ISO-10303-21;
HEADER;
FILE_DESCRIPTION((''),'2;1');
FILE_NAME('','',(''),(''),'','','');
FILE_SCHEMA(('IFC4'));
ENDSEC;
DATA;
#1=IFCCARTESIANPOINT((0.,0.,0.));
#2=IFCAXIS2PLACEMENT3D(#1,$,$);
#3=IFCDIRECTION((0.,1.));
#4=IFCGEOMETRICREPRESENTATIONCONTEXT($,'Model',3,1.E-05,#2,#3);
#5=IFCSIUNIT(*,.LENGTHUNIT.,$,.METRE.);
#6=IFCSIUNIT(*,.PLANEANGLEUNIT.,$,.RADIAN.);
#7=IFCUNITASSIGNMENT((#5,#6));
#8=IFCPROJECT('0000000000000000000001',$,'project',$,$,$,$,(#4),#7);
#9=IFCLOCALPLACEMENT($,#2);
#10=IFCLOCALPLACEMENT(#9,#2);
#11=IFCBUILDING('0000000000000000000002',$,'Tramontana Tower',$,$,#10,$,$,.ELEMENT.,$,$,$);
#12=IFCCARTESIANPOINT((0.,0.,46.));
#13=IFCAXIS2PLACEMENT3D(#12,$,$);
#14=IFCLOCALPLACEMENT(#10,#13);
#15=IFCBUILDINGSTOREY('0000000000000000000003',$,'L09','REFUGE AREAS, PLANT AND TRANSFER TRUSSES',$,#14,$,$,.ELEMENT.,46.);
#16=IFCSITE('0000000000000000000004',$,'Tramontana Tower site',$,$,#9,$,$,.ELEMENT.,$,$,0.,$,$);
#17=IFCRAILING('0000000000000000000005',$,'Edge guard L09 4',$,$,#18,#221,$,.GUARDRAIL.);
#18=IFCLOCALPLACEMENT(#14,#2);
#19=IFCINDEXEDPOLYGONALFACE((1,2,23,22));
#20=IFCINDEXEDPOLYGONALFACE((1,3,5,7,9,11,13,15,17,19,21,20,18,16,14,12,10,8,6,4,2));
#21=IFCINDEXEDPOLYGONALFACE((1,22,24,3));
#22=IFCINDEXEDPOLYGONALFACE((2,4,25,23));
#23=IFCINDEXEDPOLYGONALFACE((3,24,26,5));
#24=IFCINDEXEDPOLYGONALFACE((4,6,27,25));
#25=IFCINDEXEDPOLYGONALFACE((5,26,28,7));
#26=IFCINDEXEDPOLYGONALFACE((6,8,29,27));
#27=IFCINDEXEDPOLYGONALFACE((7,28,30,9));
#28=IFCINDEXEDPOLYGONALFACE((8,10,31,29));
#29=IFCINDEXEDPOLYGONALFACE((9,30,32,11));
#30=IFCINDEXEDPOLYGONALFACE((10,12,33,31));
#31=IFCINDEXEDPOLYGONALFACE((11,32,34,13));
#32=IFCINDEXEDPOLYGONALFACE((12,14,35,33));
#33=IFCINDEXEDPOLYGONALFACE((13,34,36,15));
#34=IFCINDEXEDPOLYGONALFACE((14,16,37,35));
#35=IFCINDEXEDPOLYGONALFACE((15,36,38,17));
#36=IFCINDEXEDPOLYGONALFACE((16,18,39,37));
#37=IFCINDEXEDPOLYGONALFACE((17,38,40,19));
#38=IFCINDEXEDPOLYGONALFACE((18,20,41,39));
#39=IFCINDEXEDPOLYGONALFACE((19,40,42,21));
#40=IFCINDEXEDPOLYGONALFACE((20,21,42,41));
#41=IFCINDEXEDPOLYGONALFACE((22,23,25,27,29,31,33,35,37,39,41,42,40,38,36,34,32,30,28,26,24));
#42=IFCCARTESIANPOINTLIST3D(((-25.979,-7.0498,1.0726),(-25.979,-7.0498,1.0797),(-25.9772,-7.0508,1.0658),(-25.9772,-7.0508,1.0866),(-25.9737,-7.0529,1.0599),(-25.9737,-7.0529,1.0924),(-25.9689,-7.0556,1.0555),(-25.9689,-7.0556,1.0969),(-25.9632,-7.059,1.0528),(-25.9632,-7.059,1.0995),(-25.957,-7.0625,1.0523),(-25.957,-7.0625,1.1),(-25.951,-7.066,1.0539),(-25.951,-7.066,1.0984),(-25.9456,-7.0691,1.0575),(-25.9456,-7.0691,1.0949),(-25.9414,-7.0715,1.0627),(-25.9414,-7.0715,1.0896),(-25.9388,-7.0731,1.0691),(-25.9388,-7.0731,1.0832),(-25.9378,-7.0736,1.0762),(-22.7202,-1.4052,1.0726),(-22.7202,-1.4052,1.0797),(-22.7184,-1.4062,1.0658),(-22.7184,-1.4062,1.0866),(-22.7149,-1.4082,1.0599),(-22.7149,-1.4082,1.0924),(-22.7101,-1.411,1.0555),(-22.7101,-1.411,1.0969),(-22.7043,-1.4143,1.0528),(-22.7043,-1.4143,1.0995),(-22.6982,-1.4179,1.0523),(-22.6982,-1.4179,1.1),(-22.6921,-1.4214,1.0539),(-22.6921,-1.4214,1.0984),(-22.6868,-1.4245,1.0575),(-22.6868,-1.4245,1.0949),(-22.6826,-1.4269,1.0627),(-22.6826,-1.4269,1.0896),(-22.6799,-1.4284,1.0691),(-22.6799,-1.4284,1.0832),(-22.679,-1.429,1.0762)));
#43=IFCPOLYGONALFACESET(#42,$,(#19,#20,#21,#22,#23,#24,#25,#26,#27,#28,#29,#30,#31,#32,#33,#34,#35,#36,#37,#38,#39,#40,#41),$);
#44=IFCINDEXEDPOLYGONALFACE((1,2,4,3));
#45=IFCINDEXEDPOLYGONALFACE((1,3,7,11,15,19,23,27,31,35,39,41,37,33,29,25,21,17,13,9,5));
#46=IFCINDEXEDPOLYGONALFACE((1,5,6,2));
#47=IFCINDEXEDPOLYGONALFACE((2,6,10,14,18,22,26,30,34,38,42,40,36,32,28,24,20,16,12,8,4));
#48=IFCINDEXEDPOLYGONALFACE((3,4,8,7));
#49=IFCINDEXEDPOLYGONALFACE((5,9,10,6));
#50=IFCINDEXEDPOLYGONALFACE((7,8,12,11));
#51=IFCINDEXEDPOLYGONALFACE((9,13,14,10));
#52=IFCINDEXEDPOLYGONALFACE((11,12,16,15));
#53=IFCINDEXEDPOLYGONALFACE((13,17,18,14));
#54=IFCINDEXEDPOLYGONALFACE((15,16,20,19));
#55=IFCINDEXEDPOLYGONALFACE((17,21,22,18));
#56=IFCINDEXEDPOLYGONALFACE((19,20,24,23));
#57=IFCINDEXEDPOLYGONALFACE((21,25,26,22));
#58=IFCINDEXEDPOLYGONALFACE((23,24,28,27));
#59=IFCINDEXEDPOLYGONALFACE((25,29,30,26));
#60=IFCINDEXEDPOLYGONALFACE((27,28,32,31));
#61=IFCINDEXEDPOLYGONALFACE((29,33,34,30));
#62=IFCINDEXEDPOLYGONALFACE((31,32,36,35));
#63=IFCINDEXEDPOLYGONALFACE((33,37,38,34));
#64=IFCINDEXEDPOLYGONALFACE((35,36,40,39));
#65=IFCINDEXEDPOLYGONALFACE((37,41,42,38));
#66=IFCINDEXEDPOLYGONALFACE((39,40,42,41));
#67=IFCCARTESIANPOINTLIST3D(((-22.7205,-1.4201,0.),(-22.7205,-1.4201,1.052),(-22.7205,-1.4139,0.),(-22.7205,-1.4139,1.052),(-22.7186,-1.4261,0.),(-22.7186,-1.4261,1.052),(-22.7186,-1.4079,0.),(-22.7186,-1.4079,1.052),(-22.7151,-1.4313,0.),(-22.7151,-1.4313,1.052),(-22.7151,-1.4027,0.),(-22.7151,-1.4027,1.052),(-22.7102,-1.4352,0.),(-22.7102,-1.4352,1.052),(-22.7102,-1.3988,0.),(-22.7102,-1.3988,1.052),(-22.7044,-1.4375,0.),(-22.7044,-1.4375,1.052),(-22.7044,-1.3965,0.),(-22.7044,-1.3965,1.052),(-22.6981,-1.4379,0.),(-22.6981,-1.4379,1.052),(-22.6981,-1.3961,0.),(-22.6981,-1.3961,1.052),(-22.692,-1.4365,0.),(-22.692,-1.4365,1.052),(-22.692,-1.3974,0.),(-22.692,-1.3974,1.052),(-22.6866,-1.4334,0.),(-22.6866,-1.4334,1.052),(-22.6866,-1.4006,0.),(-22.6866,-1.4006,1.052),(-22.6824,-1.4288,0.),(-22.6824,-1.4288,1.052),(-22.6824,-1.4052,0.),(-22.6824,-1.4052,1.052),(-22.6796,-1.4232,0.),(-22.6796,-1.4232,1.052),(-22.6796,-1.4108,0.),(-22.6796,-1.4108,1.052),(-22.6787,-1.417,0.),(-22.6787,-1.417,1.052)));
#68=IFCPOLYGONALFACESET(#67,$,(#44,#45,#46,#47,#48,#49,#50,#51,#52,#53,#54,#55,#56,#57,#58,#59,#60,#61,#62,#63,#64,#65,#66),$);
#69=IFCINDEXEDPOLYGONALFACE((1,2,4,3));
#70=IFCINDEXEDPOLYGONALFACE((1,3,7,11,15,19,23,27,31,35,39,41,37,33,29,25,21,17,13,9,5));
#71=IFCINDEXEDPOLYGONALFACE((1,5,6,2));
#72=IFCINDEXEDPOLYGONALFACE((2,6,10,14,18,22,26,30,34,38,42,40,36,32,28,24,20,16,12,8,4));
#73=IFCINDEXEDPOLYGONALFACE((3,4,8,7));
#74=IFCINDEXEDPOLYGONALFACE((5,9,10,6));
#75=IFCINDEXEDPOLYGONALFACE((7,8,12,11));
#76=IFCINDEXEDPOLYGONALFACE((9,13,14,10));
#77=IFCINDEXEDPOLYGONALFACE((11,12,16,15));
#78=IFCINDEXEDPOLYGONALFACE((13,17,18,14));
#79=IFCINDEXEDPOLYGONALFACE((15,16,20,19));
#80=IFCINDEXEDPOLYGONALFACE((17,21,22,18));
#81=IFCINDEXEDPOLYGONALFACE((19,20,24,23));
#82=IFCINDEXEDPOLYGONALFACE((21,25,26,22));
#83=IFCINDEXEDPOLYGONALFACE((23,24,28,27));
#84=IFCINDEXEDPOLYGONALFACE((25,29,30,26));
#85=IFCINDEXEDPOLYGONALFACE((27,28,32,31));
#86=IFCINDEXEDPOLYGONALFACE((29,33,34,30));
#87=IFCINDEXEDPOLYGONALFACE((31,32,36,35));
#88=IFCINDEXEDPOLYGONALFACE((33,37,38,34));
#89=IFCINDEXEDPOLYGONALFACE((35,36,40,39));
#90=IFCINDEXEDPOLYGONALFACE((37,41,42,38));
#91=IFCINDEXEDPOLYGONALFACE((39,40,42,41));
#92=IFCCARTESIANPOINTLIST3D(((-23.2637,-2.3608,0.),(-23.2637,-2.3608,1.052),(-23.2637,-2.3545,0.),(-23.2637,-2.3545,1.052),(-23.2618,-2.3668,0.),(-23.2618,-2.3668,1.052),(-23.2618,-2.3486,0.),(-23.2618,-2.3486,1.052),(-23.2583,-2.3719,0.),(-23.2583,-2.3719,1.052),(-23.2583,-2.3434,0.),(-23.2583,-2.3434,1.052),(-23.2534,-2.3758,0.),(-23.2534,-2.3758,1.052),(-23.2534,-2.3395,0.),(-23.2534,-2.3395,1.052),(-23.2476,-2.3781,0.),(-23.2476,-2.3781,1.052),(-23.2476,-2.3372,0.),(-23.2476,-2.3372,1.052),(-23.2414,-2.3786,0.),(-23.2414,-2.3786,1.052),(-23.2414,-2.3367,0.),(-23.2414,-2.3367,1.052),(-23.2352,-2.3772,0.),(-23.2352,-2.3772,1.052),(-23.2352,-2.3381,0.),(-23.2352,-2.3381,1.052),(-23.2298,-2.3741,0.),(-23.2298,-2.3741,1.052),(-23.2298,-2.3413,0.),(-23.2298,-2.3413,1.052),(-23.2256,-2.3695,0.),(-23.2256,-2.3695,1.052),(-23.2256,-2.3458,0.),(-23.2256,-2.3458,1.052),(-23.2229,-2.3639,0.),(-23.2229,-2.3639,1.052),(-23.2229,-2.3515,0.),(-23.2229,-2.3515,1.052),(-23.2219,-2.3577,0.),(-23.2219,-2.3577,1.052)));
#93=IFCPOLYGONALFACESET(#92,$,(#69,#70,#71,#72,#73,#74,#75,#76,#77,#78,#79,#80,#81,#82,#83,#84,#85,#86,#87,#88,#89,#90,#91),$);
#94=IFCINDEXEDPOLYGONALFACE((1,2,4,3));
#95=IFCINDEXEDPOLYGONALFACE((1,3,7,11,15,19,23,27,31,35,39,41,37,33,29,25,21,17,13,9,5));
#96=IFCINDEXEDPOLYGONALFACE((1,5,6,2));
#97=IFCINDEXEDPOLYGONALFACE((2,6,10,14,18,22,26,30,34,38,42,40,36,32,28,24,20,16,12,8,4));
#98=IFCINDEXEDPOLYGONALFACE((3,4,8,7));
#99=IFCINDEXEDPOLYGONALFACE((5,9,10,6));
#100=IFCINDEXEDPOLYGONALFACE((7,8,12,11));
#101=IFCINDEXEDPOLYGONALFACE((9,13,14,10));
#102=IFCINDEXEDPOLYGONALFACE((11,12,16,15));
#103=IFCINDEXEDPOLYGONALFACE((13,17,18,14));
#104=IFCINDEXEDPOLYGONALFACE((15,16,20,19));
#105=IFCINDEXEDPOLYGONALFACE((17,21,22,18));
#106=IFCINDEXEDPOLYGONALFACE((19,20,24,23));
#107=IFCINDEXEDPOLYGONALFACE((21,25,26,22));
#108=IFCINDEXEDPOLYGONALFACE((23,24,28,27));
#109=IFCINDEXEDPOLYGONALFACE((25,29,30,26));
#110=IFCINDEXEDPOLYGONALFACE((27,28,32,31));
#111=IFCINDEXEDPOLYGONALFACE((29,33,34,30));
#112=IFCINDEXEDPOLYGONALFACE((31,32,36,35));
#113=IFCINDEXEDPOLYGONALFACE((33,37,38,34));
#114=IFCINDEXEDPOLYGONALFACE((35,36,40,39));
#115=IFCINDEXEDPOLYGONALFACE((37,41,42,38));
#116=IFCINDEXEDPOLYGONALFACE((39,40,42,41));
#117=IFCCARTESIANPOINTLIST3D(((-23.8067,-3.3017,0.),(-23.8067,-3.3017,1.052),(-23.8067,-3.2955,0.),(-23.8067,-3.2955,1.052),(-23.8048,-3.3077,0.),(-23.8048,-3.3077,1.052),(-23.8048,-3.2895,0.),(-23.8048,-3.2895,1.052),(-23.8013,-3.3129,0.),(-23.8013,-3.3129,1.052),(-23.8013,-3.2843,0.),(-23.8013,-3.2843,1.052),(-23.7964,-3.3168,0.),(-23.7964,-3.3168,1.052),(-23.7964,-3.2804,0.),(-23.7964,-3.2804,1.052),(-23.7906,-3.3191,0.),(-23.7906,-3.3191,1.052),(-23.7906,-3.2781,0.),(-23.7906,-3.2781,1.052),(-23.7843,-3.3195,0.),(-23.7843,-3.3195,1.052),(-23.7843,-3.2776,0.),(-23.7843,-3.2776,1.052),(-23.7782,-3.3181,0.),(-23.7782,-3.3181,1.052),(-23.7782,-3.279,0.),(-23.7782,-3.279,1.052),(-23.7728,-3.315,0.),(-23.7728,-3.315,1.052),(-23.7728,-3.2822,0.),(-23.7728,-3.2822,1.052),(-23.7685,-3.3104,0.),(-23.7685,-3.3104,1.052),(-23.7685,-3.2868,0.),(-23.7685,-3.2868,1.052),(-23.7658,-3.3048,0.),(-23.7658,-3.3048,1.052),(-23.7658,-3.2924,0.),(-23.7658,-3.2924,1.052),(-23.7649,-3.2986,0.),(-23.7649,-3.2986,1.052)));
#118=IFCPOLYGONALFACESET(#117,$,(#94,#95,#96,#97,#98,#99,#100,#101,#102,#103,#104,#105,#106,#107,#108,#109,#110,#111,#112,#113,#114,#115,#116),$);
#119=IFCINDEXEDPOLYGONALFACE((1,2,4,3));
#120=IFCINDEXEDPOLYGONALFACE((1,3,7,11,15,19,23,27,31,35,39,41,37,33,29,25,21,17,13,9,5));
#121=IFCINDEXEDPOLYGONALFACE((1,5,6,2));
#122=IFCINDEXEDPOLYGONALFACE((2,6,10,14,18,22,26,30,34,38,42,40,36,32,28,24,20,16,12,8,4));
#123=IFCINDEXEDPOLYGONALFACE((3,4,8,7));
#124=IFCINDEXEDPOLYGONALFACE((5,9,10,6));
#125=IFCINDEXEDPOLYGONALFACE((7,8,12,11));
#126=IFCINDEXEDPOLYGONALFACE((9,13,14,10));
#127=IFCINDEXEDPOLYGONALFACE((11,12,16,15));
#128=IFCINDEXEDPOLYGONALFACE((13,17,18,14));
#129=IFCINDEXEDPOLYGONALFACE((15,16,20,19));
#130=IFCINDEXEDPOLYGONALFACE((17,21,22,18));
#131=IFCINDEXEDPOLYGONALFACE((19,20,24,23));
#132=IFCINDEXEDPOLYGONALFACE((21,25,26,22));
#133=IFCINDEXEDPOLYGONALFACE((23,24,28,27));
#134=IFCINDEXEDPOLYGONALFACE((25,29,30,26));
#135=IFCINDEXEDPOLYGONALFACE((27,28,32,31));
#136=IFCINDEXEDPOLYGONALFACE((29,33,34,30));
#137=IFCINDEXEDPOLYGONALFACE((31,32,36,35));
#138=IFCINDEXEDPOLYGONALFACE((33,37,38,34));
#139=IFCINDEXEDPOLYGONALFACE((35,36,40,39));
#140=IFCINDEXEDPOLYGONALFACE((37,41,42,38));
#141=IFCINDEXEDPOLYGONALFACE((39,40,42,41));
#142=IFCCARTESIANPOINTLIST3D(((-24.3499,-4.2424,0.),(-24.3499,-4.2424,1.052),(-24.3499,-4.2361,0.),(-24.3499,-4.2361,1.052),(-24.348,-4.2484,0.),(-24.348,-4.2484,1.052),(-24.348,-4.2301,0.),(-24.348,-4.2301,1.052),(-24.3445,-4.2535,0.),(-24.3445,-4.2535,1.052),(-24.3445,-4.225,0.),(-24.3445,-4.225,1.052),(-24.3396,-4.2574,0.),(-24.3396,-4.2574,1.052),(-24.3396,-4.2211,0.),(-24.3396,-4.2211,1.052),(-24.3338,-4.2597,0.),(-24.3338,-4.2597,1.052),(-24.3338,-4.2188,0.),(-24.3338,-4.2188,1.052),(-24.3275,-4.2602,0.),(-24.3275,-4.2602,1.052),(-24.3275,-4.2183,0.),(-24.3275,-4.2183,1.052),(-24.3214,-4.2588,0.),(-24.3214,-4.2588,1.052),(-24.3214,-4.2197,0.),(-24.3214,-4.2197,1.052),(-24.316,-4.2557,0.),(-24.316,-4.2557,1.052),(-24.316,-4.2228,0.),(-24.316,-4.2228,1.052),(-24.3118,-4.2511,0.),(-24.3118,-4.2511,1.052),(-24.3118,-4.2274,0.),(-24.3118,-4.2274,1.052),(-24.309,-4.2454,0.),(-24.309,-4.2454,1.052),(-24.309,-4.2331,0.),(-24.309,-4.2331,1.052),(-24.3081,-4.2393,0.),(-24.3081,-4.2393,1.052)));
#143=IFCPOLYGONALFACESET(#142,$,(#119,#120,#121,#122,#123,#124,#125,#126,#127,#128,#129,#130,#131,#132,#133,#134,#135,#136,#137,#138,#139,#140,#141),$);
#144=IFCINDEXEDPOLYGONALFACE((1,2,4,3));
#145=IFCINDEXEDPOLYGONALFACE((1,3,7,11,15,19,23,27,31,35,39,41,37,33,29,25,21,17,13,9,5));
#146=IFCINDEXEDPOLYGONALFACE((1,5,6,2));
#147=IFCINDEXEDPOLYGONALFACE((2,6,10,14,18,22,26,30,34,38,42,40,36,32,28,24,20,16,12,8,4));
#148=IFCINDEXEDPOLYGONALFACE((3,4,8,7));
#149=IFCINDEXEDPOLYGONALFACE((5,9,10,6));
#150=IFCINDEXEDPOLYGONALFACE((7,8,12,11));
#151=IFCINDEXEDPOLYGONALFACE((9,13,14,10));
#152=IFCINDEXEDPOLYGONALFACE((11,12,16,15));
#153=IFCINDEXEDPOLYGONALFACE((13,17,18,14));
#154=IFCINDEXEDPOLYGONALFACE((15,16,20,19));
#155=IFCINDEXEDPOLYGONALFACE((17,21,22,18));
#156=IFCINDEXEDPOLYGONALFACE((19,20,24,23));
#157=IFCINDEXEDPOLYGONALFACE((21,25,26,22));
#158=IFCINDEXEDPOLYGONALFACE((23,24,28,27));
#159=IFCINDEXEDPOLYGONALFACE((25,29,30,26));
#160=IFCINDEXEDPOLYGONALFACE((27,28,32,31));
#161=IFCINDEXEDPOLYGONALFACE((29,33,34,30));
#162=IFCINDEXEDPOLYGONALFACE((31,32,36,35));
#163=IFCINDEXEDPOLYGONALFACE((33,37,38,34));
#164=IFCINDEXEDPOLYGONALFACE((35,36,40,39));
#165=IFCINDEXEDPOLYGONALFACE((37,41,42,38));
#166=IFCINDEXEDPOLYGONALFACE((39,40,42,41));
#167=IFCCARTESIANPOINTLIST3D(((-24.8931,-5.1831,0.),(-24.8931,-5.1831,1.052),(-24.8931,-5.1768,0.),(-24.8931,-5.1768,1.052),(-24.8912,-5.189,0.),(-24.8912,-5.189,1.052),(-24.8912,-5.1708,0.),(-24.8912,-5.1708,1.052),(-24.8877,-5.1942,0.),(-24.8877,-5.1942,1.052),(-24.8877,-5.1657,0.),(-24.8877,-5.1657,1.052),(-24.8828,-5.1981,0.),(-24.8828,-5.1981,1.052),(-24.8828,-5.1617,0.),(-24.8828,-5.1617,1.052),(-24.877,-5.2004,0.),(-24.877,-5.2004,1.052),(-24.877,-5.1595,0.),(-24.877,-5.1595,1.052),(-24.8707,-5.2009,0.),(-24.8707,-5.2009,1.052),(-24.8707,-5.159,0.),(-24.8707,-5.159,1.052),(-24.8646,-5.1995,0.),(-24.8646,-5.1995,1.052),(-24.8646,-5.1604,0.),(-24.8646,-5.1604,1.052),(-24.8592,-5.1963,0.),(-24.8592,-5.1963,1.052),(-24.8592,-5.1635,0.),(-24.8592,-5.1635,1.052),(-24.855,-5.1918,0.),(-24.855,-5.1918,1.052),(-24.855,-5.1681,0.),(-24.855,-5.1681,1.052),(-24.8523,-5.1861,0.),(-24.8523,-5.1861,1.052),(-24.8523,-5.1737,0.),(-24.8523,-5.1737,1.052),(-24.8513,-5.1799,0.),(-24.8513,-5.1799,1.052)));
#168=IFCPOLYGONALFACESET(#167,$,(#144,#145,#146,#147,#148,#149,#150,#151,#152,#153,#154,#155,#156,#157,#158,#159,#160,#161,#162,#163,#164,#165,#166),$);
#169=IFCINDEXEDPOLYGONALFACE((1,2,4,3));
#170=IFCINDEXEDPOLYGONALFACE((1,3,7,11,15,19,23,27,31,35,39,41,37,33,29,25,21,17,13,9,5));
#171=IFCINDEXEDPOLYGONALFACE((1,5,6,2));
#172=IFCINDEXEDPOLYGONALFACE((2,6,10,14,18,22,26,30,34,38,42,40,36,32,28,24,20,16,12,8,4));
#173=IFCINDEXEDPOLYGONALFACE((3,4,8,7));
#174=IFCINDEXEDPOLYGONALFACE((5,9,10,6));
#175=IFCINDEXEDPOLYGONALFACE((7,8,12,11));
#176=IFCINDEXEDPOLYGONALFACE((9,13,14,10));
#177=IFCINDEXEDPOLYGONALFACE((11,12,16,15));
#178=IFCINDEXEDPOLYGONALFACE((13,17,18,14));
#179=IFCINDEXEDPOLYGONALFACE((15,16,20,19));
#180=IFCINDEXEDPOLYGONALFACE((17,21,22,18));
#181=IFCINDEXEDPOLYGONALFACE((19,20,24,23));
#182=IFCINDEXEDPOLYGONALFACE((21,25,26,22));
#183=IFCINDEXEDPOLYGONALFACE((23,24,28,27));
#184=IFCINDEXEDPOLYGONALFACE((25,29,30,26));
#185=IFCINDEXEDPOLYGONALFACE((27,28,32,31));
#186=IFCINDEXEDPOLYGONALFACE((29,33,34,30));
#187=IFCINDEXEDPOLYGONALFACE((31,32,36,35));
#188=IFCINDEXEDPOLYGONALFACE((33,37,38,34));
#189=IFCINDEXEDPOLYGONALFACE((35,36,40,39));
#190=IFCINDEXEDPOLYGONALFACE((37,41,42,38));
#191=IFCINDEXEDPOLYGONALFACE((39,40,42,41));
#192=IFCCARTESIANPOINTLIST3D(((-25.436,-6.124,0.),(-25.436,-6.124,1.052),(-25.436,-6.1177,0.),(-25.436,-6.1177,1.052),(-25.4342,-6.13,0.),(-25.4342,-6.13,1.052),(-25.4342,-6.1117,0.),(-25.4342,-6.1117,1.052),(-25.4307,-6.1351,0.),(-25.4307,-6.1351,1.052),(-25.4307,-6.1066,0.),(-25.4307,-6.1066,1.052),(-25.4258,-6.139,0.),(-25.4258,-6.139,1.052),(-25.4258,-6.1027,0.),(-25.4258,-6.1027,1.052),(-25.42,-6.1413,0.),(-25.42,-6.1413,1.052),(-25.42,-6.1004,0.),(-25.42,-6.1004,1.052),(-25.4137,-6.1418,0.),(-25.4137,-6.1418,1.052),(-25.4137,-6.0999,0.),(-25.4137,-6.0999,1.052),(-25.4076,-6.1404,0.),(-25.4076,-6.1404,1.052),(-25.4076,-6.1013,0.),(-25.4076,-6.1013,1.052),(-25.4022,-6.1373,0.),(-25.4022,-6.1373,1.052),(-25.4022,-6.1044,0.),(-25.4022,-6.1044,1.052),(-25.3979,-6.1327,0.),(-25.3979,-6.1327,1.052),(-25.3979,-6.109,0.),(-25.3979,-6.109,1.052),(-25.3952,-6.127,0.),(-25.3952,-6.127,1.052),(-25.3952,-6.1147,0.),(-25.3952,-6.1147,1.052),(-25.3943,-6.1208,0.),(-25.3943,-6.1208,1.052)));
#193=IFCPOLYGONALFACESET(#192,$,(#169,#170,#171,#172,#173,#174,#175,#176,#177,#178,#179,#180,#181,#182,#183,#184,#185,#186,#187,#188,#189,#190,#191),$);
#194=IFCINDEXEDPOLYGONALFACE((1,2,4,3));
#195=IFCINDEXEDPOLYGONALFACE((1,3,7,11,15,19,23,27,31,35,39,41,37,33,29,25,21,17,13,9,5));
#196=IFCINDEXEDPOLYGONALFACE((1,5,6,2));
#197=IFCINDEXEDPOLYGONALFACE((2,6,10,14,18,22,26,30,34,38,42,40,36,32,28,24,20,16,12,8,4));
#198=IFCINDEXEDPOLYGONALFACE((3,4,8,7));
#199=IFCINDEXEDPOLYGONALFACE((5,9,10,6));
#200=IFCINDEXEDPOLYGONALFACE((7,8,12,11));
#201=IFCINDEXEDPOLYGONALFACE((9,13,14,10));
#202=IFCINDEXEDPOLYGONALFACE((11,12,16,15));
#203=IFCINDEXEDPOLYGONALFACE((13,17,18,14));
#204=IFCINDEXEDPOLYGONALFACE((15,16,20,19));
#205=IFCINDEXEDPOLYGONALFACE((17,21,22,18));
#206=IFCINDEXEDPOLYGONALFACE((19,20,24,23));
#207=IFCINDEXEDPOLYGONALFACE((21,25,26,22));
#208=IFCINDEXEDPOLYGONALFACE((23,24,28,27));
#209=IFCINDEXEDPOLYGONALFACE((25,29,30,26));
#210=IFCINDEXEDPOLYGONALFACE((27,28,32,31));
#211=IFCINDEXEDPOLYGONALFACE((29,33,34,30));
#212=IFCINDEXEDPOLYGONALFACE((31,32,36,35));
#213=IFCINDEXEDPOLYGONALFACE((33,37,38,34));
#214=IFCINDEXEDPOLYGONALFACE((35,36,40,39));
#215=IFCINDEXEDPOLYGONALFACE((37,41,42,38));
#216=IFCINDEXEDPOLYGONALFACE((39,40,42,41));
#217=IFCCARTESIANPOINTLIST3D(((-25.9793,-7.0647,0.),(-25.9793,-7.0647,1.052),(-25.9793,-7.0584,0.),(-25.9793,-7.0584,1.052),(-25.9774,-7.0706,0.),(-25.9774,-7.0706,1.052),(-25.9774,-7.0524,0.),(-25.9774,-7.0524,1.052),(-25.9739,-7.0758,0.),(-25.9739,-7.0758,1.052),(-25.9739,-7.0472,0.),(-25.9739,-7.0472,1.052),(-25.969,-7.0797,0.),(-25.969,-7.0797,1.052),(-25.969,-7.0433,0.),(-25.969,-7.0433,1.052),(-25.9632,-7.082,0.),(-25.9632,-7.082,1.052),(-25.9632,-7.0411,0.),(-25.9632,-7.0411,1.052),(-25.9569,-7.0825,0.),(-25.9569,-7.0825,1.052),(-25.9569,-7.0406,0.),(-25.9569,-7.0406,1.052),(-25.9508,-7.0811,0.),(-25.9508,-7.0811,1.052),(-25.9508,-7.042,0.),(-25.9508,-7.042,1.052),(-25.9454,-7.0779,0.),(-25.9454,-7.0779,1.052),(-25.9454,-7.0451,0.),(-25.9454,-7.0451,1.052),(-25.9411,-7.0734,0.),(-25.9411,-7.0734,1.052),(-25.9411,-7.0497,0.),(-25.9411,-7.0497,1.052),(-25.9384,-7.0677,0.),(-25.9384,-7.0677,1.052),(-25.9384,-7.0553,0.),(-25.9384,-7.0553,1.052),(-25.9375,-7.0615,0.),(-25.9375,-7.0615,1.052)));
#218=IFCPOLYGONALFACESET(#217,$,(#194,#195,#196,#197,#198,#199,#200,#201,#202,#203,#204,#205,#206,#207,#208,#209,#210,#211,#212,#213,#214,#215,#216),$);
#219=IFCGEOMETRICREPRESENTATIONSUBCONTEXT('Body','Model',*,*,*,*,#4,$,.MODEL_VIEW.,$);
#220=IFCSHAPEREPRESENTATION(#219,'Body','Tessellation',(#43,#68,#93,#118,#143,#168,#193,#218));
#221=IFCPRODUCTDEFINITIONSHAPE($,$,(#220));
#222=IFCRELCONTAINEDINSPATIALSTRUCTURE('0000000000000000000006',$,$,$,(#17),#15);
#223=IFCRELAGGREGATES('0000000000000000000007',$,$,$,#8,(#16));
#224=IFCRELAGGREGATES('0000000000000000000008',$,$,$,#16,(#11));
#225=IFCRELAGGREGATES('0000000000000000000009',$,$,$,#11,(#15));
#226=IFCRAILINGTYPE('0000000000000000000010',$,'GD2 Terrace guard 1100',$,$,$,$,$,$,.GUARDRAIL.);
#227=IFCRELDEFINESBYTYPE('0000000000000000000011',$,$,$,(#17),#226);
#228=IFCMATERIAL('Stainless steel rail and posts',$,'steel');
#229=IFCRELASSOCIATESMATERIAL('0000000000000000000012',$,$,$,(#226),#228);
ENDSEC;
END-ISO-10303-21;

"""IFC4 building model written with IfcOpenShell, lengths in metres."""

from ifc_helpers import new_model, si_unit, direction, frame, origin, origin_2d, place, context, subcontext, project, spatial, circle, extrude, material, type_object, element, save


model = new_model("IFC4")

# Units and contexts
model_context = context("Model", 3, precision=1e-05, world=origin(), true_north=direction((0.0, 1.0)))
body_context = subcontext(model_context, "Body", "Model", "MODEL_VIEW")
ifc_project = project(units=[si_unit("LENGTHUNIT", "METRE"), si_unit("PLANEANGLEUNIT", "RADIAN")], contexts=[model_context])

# Site, building, storey
site_placement = place(None, origin())
site = spatial("IfcSite", under=ifc_project, at=site_placement, Name="Tramontana Tower site", CompositionType="ELEMENT", RefElevation=0.0)
building_placement = place(site_placement, origin())
building = spatial("IfcBuilding", under=site, at=building_placement, Name="Tramontana Tower", CompositionType="ELEMENT")
storey_placement = place(building_placement, frame((0.0, 0.0, 46.0)))
storey = spatial("IfcBuildingStorey", under=building, at=storey_placement, Name="L09", Description="REFUGE AREAS, PLANT AND TRANSFER TRUSSES", CompositionType="ELEMENT", Elevation=46.0)

# Railing
ifc_material_1 = material(Name="Stainless steel rail and posts", Category="steel")
railing_type = type_object("IfcRailingType", Name="GD2 Terrace guard 1100", PredefinedType="GUARDRAIL", material=ifc_material_1)
railing_placement = place(storey_placement, frame((-22.6997, -1.417, 0.0)))
element("IfcRailing", 1, at=railing_placement, inside=storey, type_object=railing_type, Name="Edge guard L09 4", PredefinedType="GUARDRAIL", context=body_context, shape_type="SweptSolid", body=[
    extrude(circle(Radius=0.0239, at=origin_2d()), frame((0.0, 0.0, 1.0762), z_axis=(-0.49999, -0.866031, 0.0), x_axis=(0.866031, -0.49999, 0.0)), (0.0, 0.0, 1.0), 6.5178),
    extrude(circle(Radius=0.021, at=origin_2d()), origin(), (0.0, 0.0, 1.0), 1.052),
    extrude(circle(Radius=0.021, at=origin_2d()), frame((-0.5432, -0.9407, 0.0)), (0.0, 0.0, 1.0), 1.052),
    extrude(circle(Radius=0.021, at=origin_2d()), frame((-1.0862, -1.8816, 0.0)), (0.0, 0.0, 1.0), 1.052),
    extrude(circle(Radius=0.021, at=origin_2d()), frame((-1.6294, -2.8223, 0.0)), (0.0, 0.0, 1.0), 1.052),
    extrude(circle(Radius=0.021, at=origin_2d()), frame((-2.1726, -3.7629, 0.0)), (0.0, 0.0, 1.0), 1.052),
    extrude(circle(Radius=0.021, at=origin_2d()), frame((-2.7156, -4.7039, 0.0)), (0.0, 0.0, 1.0), 1.052),
    extrude(circle(Radius=0.021, at=origin_2d()), frame((-3.2588, -5.6445, 0.0)), (0.0, 0.0, 1.0), 1.052),
])

save(model, "model.ifc")
